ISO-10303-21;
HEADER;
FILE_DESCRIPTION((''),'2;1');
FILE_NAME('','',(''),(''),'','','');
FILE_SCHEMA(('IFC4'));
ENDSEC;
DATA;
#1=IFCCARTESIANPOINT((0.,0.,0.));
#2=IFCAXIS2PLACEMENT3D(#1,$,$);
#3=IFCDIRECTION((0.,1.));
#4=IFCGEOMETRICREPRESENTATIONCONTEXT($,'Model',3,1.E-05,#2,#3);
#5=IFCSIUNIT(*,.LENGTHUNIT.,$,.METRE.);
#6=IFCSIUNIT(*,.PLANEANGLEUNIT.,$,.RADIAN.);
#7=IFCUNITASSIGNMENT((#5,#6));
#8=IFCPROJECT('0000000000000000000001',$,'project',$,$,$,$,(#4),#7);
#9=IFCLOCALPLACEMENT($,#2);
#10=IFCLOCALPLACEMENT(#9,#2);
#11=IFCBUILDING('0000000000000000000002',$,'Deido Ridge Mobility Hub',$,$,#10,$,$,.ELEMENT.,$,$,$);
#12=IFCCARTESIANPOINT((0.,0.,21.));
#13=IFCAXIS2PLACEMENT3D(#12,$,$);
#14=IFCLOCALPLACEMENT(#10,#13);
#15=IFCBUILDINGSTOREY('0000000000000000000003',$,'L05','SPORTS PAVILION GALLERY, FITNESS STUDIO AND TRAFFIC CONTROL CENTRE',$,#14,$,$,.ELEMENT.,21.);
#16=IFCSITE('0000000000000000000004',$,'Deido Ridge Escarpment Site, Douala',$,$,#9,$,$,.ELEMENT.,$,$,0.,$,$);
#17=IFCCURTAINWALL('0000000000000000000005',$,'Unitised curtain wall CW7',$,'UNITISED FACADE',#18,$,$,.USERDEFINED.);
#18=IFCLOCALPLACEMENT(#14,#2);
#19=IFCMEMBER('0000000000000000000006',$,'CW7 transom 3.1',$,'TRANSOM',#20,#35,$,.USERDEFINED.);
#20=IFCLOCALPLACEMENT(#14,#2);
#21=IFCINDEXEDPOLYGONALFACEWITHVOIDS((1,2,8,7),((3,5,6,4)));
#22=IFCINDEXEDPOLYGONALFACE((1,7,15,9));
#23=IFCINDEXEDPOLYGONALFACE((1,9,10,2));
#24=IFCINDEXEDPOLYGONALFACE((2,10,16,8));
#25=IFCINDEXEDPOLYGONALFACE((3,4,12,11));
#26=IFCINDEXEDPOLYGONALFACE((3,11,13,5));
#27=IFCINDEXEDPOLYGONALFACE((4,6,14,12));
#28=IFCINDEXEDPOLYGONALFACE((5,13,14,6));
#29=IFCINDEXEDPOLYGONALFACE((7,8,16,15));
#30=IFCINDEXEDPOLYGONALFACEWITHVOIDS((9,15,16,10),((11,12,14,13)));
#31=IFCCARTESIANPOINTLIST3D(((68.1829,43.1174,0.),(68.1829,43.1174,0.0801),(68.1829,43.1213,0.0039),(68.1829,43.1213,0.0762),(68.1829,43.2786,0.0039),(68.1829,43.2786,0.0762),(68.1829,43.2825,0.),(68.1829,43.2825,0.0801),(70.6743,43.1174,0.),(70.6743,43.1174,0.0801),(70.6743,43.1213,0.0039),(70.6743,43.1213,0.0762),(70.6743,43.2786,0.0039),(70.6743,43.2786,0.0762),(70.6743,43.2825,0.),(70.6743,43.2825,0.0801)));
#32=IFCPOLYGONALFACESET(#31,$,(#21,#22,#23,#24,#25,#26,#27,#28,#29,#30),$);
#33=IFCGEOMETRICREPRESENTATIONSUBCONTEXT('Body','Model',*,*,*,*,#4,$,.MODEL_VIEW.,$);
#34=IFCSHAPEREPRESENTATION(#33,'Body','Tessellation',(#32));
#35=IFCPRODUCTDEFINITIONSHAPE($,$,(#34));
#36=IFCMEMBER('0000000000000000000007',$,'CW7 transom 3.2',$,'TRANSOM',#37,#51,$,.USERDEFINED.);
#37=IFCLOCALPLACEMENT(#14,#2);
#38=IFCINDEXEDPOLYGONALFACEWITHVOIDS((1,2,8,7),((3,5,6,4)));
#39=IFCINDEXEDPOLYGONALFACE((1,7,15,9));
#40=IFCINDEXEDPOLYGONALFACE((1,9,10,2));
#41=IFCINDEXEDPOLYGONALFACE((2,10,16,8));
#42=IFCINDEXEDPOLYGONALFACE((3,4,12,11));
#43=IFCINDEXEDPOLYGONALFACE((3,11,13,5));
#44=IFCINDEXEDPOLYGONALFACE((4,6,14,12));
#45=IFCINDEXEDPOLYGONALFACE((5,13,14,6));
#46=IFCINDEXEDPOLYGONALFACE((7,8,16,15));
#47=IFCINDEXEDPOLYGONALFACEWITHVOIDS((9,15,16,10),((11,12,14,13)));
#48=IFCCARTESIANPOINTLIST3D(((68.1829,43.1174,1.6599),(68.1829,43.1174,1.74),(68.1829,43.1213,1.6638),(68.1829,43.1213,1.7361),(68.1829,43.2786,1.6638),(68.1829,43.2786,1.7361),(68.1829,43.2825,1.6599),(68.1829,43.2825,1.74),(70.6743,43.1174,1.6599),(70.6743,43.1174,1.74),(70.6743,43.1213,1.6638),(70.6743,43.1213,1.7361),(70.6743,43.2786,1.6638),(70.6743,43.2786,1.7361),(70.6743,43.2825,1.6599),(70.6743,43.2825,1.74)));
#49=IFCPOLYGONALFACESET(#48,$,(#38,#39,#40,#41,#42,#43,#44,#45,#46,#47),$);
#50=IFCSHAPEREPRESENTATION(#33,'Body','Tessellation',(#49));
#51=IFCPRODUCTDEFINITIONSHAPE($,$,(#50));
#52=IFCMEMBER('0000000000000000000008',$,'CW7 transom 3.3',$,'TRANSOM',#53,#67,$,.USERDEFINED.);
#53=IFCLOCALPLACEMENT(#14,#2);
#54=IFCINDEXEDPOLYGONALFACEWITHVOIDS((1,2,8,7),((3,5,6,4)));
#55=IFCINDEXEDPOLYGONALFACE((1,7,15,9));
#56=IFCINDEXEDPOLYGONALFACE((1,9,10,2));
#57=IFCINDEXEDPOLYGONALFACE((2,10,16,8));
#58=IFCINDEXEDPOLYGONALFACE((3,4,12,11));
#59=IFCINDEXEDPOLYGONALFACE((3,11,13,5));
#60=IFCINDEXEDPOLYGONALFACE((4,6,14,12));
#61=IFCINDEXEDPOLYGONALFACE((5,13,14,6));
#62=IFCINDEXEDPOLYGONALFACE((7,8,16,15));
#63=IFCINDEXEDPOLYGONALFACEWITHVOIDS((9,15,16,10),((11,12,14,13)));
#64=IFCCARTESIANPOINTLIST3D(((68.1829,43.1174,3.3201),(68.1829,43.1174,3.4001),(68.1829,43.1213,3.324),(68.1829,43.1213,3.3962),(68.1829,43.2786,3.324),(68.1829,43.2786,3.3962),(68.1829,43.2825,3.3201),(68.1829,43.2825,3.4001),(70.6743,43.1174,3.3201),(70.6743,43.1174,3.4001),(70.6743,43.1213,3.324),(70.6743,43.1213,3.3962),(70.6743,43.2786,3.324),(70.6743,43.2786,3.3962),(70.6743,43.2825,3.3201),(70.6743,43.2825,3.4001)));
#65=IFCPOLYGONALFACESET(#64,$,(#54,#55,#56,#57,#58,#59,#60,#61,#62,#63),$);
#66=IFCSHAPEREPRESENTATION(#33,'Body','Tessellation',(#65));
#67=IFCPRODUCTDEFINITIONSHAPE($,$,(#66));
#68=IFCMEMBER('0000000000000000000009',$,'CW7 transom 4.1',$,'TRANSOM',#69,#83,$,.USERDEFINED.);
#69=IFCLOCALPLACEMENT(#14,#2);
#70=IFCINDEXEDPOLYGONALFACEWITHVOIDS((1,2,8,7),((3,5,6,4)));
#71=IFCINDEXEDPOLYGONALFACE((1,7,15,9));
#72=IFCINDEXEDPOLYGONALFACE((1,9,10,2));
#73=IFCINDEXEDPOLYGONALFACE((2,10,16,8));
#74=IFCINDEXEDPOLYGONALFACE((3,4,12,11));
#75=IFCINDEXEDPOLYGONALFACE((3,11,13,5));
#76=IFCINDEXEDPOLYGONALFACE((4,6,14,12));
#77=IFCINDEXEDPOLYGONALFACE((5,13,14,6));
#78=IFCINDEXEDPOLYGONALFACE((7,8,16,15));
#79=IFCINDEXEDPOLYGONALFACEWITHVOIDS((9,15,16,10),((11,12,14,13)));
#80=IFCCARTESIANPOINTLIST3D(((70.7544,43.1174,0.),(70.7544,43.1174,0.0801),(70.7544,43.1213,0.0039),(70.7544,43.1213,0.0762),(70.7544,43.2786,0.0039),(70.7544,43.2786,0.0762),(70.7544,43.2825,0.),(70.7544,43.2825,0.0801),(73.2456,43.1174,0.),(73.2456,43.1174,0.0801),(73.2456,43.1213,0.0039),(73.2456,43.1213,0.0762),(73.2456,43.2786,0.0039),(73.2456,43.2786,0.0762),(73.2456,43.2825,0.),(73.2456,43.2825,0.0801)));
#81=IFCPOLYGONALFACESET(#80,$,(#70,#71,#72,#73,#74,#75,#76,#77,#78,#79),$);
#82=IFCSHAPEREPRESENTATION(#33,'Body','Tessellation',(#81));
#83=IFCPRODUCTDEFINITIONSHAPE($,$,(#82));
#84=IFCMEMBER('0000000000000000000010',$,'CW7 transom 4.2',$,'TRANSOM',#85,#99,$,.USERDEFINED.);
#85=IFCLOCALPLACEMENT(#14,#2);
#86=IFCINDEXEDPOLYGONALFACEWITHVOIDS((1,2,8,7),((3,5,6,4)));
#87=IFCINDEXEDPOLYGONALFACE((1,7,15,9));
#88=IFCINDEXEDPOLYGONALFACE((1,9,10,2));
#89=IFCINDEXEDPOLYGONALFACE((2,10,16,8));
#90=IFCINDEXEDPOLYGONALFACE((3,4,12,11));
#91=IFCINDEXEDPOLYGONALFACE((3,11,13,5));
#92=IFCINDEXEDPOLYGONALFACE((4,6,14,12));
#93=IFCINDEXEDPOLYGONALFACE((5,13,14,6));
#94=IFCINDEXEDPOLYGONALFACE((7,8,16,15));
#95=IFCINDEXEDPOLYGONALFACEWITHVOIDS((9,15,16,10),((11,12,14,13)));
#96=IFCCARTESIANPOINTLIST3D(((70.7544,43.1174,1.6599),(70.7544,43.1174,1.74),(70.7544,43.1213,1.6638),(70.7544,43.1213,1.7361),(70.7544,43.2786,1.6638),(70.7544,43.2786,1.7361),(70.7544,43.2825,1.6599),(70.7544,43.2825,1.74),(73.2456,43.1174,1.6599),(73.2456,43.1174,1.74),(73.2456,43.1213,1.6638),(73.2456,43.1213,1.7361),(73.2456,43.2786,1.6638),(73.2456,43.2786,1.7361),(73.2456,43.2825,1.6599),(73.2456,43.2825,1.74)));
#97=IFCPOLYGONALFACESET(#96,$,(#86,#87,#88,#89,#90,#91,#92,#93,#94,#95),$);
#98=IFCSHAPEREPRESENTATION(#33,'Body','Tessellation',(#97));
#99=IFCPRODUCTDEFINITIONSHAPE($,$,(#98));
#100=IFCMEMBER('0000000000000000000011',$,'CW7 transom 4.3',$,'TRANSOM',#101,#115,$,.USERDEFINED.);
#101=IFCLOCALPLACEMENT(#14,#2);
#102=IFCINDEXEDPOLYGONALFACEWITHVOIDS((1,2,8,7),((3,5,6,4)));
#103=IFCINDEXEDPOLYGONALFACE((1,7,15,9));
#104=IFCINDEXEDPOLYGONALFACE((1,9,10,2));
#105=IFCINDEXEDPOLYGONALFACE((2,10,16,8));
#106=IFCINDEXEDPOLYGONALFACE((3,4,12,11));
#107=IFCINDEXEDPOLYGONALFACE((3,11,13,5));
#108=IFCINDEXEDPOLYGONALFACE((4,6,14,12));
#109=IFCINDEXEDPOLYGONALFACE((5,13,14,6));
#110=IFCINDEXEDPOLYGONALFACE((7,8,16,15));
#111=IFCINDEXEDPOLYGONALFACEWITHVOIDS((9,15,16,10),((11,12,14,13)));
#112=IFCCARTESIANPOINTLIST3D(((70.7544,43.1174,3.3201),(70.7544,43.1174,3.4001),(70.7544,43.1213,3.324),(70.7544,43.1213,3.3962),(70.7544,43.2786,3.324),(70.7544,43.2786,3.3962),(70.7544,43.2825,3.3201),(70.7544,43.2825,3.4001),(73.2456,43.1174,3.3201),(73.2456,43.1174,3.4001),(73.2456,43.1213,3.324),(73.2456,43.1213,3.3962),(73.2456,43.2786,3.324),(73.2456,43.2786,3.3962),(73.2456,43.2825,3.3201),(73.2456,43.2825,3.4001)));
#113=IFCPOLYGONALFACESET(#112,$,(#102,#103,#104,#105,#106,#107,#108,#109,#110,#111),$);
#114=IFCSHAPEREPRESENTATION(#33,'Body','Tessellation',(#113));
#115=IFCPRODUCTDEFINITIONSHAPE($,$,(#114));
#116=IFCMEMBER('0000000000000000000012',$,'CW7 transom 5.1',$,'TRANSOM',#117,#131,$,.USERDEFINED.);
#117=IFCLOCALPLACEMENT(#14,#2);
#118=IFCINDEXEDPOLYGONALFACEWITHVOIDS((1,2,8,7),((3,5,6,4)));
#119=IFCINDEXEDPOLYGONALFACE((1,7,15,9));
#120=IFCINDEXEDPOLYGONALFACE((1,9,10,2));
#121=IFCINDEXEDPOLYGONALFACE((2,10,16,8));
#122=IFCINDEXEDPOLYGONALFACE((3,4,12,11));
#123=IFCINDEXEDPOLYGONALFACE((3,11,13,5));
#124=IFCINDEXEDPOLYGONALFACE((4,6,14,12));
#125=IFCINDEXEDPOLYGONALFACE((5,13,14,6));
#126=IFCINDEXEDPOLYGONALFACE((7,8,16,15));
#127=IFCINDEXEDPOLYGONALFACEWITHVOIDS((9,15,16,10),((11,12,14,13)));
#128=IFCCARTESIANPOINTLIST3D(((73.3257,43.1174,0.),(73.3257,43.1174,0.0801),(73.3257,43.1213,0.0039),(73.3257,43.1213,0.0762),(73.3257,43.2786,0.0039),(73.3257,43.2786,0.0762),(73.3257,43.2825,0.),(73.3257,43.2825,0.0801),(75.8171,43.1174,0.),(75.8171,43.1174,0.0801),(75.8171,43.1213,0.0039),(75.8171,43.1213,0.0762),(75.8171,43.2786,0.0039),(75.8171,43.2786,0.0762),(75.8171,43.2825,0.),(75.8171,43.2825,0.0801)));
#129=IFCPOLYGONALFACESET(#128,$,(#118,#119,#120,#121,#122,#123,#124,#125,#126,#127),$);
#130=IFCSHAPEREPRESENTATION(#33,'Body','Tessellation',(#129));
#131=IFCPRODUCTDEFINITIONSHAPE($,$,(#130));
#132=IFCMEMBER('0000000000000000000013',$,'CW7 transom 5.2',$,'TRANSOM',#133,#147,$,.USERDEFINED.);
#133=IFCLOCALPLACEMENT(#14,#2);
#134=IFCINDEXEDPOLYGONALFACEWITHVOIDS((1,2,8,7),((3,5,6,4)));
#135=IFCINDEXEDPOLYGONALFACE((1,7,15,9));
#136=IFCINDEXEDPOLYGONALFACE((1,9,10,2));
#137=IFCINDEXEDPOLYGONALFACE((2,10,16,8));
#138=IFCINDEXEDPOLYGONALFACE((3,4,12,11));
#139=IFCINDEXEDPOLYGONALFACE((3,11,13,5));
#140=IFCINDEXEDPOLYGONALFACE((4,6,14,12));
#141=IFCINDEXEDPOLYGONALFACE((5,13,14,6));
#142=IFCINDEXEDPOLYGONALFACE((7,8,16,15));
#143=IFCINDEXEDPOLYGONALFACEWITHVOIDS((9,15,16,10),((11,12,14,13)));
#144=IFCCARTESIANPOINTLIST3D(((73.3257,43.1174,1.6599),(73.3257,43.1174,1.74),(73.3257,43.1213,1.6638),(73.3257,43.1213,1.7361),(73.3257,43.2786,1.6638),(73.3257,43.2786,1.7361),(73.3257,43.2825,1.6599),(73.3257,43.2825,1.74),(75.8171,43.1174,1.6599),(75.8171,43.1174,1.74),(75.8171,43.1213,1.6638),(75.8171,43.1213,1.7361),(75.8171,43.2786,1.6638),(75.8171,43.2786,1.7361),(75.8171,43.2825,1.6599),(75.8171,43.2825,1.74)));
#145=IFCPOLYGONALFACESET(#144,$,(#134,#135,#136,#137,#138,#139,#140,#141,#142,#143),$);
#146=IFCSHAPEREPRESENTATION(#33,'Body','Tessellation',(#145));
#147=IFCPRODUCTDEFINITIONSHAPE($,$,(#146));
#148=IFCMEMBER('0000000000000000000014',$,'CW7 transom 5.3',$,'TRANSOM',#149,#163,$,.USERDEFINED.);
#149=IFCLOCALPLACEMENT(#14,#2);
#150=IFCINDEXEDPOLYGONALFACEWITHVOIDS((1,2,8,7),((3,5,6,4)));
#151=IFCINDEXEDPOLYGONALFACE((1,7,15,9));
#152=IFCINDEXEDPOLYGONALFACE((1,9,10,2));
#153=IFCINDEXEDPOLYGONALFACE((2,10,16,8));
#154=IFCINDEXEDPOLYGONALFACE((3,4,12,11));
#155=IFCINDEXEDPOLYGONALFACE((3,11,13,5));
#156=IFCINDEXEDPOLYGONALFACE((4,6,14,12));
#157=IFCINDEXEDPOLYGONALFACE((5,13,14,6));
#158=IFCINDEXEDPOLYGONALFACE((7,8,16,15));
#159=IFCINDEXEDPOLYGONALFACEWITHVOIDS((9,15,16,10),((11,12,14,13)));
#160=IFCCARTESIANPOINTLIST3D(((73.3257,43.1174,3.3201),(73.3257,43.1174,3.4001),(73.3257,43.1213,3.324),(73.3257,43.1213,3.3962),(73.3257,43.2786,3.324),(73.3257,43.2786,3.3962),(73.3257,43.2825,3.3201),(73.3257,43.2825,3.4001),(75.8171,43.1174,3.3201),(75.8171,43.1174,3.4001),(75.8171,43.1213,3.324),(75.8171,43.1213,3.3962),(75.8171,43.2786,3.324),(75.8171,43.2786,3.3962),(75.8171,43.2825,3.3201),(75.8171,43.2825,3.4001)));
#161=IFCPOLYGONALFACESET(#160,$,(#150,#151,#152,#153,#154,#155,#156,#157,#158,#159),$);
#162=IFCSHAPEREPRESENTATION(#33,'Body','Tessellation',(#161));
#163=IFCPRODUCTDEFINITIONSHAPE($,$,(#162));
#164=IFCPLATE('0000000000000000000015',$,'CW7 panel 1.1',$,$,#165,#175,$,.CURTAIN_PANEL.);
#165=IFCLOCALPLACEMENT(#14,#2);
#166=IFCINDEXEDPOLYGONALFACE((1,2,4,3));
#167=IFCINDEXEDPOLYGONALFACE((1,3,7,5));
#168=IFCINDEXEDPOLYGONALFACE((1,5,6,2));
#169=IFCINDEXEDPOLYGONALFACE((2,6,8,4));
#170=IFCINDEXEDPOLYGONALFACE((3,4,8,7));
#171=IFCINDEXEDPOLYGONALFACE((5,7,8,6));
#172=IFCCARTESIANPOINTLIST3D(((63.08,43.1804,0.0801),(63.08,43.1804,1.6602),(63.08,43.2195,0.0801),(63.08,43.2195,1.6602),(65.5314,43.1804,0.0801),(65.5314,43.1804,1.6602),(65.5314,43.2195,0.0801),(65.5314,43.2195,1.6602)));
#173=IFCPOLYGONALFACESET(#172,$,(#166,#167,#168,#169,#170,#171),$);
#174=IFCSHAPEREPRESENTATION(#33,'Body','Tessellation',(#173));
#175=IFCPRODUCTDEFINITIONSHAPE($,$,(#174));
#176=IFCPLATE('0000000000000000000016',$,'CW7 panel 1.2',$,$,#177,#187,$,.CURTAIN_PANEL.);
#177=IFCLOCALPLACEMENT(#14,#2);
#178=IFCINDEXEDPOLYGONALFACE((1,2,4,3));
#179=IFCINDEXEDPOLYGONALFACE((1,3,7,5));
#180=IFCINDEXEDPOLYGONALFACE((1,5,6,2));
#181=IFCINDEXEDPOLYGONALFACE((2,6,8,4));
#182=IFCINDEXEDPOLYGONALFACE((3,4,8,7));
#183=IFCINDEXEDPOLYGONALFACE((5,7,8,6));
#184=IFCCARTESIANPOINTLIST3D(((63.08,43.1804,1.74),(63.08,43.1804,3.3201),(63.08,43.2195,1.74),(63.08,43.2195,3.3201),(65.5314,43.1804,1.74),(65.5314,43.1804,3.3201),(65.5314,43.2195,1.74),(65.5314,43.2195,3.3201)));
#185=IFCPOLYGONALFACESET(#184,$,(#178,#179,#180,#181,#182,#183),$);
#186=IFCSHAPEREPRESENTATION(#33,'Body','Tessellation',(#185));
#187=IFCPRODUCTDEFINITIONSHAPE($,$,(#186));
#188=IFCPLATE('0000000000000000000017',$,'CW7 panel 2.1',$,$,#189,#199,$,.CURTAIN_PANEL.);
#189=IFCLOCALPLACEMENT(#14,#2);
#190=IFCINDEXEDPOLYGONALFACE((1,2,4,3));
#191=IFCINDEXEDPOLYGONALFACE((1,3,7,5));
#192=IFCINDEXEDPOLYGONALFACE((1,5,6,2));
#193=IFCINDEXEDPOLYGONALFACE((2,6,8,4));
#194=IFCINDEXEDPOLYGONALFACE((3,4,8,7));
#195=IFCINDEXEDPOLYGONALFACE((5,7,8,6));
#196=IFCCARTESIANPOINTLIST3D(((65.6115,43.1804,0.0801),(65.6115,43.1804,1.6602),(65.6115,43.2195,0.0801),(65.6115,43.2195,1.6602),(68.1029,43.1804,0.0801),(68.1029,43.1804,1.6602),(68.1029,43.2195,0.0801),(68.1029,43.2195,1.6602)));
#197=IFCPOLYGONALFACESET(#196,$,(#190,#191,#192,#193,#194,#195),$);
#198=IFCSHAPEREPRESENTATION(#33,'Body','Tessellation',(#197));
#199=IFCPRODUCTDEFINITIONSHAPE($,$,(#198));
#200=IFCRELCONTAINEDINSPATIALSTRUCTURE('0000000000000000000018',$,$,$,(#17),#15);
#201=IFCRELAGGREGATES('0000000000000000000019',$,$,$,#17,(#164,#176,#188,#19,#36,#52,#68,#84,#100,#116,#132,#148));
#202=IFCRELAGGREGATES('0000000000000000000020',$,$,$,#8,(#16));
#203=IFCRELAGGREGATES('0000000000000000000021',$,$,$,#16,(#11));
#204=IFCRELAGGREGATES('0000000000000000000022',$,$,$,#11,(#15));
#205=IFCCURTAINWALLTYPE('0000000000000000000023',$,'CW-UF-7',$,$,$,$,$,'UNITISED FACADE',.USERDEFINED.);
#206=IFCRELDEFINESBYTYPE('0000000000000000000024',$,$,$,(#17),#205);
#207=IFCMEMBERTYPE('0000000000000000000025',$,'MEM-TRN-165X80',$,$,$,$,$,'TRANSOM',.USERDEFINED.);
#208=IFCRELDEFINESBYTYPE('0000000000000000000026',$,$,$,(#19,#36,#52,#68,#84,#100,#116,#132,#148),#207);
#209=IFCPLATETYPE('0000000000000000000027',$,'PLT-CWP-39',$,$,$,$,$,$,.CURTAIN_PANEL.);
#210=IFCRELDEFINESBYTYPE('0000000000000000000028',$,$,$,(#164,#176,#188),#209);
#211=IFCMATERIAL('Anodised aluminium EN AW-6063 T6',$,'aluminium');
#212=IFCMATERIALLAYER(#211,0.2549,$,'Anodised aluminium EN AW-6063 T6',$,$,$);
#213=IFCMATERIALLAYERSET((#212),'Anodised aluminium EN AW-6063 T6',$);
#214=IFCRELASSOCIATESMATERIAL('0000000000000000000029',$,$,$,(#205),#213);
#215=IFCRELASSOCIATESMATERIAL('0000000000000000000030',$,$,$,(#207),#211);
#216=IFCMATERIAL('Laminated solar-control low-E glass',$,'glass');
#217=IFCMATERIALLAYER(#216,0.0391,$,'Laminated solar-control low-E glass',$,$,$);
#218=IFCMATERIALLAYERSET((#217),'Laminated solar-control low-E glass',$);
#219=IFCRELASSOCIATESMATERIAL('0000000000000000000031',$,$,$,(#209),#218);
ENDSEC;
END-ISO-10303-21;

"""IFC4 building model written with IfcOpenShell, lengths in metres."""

from ifc_helpers import new_model, si_unit, direction, frame, origin, origin_2d, place, context, subcontext, project, spatial, rectangle, hollow_rectangle, extrude, material, layer, layer_set, material_profile, profile_set, type_object, element, aggregate, save


model = new_model("IFC4")

# Units and contexts
model_context = context("Model", 3, precision=1e-05, world=origin(), true_north=direction((0.0, 1.0)))
body_context = subcontext(model_context, "Body", "Model", "MODEL_VIEW")
ifc_project = project(units=[si_unit("LENGTHUNIT", "METRE"), si_unit("PLANEANGLEUNIT", "RADIAN")], contexts=[model_context])

# Site, building, storey
site_placement = place(None, origin())
site = spatial("IfcSite", under=ifc_project, at=site_placement, Name="Deido Ridge Escarpment Site, Douala", CompositionType="ELEMENT", RefElevation=0.0)
building_placement = place(site_placement, origin())
building = spatial("IfcBuilding", under=site, at=building_placement, Name="Deido Ridge Mobility Hub", CompositionType="ELEMENT")
storey_placement = place(building_placement, frame((0.0, 0.0, 21.0)))
storey = spatial("IfcBuildingStorey", under=building, at=storey_placement, Name="L05", Description="SPORTS PAVILION GALLERY, FITNESS STUDIO AND TRAFFIC CONTROL CENTRE", CompositionType="ELEMENT", Elevation=21.0)

# Curtain wall, members, plates
ifc_material_1 = material(Name="Anodised aluminium EN AW-6063 T6", Category="aluminium")
ifc_layer_1 = layer(ifc_material_1, 0.2549, Name="Anodised aluminium EN AW-6063 T6")
ifc_layer_set_1 = layer_set([ifc_layer_1], Name="Anodised aluminium EN AW-6063 T6")
curtain_wall_type = type_object("IfcCurtainWallType", Name="CW-UF-7", ElementType="UNITISED FACADE", PredefinedType="USERDEFINED", material=ifc_layer_set_1)
curtain_wall_placement = place(storey_placement, origin())
curtain_wall = element("IfcCurtainWall", 1, at=curtain_wall_placement, inside=storey, type_object=curtain_wall_type, Name="Unitised curtain wall CW7", ObjectType="UNITISED FACADE", PredefinedType="USERDEFINED")
ifc_material_profile_1 = material_profile(ifc_material_1, hollow_rectangle(XDim=0.165, YDim=0.0801, WallThickness=0.0039, at=origin_2d()), Name="RHS 165x80x4")
ifc_profile_set_1 = profile_set([ifc_material_profile_1], Name="Anodised aluminium EN AW-6063 T6")
member_type_1 = type_object("IfcMemberType", Name="MEM-TRN-165X80", ElementType="TRANSOM", PredefinedType="USERDEFINED", material=ifc_profile_set_1)
member_1_placement = place(storey_placement, frame((68.1829, 43.2, 0.04), z_axis=(1.0, 0.0, 0.0), x_axis=(0.0, 1.0, 0.0)))
member_1 = element("IfcMember", 2, at=member_1_placement, type_object=member_type_1, Name="CW7 transom 3.1", ObjectType="TRANSOM", PredefinedType="USERDEFINED", context=body_context, shape_type="SweptSolid", body=[
    extrude(hollow_rectangle(XDim=0.165, YDim=0.0801, WallThickness=0.0039, at=origin_2d()), origin(), (0.0, 0.0, 1.0), 2.4915),
])
member_2_placement = place(storey_placement, frame((68.1829, 43.2, 1.7), z_axis=(1.0, 0.0, 0.0), x_axis=(0.0, 1.0, 0.0)))
member_2 = element("IfcMember", 3, at=member_2_placement, type_object=member_type_1, Name="CW7 transom 3.2", ObjectType="TRANSOM", PredefinedType="USERDEFINED", context=body_context, shape_type="SweptSolid", body=[
    extrude(hollow_rectangle(XDim=0.165, YDim=0.0801, WallThickness=0.0039, at=origin_2d()), origin(), (0.0, 0.0, 1.0), 2.4915),
])
member_3_placement = place(storey_placement, frame((68.1829, 43.2, 3.3601), z_axis=(1.0, 0.0, 0.0), x_axis=(0.0, 1.0, 0.0)))
member_3 = element("IfcMember", 4, at=member_3_placement, type_object=member_type_1, Name="CW7 transom 3.3", ObjectType="TRANSOM", PredefinedType="USERDEFINED", context=body_context, shape_type="SweptSolid", body=[
    extrude(hollow_rectangle(XDim=0.165, YDim=0.0801, WallThickness=0.0039, at=origin_2d()), origin(), (0.0, 0.0, 1.0), 2.4915),
])
member_4_placement = place(storey_placement, frame((70.7544, 43.2, 0.04), z_axis=(1.0, 0.0, 0.0), x_axis=(0.0, 1.0, 0.0)))
member_4 = element("IfcMember", 5, at=member_4_placement, type_object=member_type_1, Name="CW7 transom 4.1", ObjectType="TRANSOM", PredefinedType="USERDEFINED", context=body_context, shape_type="SweptSolid", body=[
    extrude(hollow_rectangle(XDim=0.165, YDim=0.0801, WallThickness=0.0039, at=origin_2d()), origin(), (0.0, 0.0, 1.0), 2.4912),
])
member_5_placement = place(storey_placement, frame((70.7544, 43.2, 1.7), z_axis=(1.0, 0.0, 0.0), x_axis=(0.0, 1.0, 0.0)))
member_5 = element("IfcMember", 6, at=member_5_placement, type_object=member_type_1, Name="CW7 transom 4.2", ObjectType="TRANSOM", PredefinedType="USERDEFINED", context=body_context, shape_type="SweptSolid", body=[
    extrude(hollow_rectangle(XDim=0.165, YDim=0.0801, WallThickness=0.0039, at=origin_2d()), origin(), (0.0, 0.0, 1.0), 2.4912),
])
member_6_placement = place(storey_placement, frame((70.7544, 43.2, 3.3601), z_axis=(1.0, 0.0, 0.0), x_axis=(0.0, 1.0, 0.0)))
member_6 = element("IfcMember", 7, at=member_6_placement, type_object=member_type_1, Name="CW7 transom 4.3", ObjectType="TRANSOM", PredefinedType="USERDEFINED", context=body_context, shape_type="SweptSolid", body=[
    extrude(hollow_rectangle(XDim=0.165, YDim=0.0801, WallThickness=0.0039, at=origin_2d()), origin(), (0.0, 0.0, 1.0), 2.4912),
])
member_7_placement = place(storey_placement, frame((73.3257, 43.2, 0.04), z_axis=(1.0, 0.0, 0.0), x_axis=(0.0, 1.0, 0.0)))
member_7 = element("IfcMember", 8, at=member_7_placement, type_object=member_type_1, Name="CW7 transom 5.1", ObjectType="TRANSOM", PredefinedType="USERDEFINED", context=body_context, shape_type="SweptSolid", body=[
    extrude(hollow_rectangle(XDim=0.165, YDim=0.0801, WallThickness=0.0039, at=origin_2d()), origin(), (0.0, 0.0, 1.0), 2.4915),
])
member_8_placement = place(storey_placement, frame((73.3257, 43.2, 1.7), z_axis=(1.0, 0.0, 0.0), x_axis=(0.0, 1.0, 0.0)))
member_8 = element("IfcMember", 9, at=member_8_placement, type_object=member_type_1, Name="CW7 transom 5.2", ObjectType="TRANSOM", PredefinedType="USERDEFINED", context=body_context, shape_type="SweptSolid", body=[
    extrude(hollow_rectangle(XDim=0.165, YDim=0.0801, WallThickness=0.0039, at=origin_2d()), origin(), (0.0, 0.0, 1.0), 2.4915),
])
member_9_placement = place(storey_placement, frame((73.3257, 43.2, 3.3601), z_axis=(1.0, 0.0, 0.0), x_axis=(0.0, 1.0, 0.0)))
member_9 = element("IfcMember", 10, at=member_9_placement, type_object=member_type_1, Name="CW7 transom 5.3", ObjectType="TRANSOM", PredefinedType="USERDEFINED", context=body_context, shape_type="SweptSolid", body=[
    extrude(hollow_rectangle(XDim=0.165, YDim=0.0801, WallThickness=0.0039, at=origin_2d()), origin(), (0.0, 0.0, 1.0), 2.4915),
])
ifc_material_2 = material(Name="Laminated solar-control low-E glass", Category="glass")
ifc_layer_2 = layer(ifc_material_2, 0.0391, Name="Laminated solar-control low-E glass")
ifc_layer_set_2 = layer_set([ifc_layer_2], Name="Laminated solar-control low-E glass")
plate_type = type_object("IfcPlateType", Name="PLT-CWP-39", PredefinedType="CURTAIN_PANEL", material=ifc_layer_set_2)
plate_1_placement = place(storey_placement, frame((64.3057, 43.2, 0.0801), z_axis=(0.0, 0.0, 1.0), x_axis=(1.0, 0.0, 0.0)))
plate_1 = element("IfcPlate", 11, at=plate_1_placement, type_object=plate_type, Name="CW7 panel 1.1", PredefinedType="CURTAIN_PANEL", context=body_context, shape_type="SweptSolid", body=[
    extrude(rectangle(XDim=2.4514, YDim=0.0391, at=origin_2d()), origin(), (0.0, 0.0, 1.0), 1.5801),
])
plate_2_placement = place(storey_placement, frame((64.3057, 43.2, 1.74), z_axis=(0.0, 0.0, 1.0), x_axis=(1.0, 0.0, 0.0)))
plate_2 = element("IfcPlate", 12, at=plate_2_placement, type_object=plate_type, Name="CW7 panel 1.2", PredefinedType="CURTAIN_PANEL", context=body_context, shape_type="SweptSolid", body=[
    extrude(rectangle(XDim=2.4514, YDim=0.0391, at=origin_2d()), origin(), (0.0, 0.0, 1.0), 1.5801),
])
plate_3_placement = place(storey_placement, frame((66.8572, 43.2, 0.0801), z_axis=(0.0, 0.0, 1.0), x_axis=(1.0, 0.0, 0.0)))
plate_3 = element("IfcPlate", 13, at=plate_3_placement, type_object=plate_type, Name="CW7 panel 2.1", PredefinedType="CURTAIN_PANEL", context=body_context, shape_type="SweptSolid", body=[
    extrude(rectangle(XDim=2.4915, YDim=0.0391, at=origin_2d()), origin(), (0.0, 0.0, 1.0), 1.5801),
])
aggregate(curtain_wall, [plate_1, plate_2, plate_3, member_1, member_2, member_3, member_4, member_5, member_6, member_7, member_8, member_9])

save(model, "model.ifc")
